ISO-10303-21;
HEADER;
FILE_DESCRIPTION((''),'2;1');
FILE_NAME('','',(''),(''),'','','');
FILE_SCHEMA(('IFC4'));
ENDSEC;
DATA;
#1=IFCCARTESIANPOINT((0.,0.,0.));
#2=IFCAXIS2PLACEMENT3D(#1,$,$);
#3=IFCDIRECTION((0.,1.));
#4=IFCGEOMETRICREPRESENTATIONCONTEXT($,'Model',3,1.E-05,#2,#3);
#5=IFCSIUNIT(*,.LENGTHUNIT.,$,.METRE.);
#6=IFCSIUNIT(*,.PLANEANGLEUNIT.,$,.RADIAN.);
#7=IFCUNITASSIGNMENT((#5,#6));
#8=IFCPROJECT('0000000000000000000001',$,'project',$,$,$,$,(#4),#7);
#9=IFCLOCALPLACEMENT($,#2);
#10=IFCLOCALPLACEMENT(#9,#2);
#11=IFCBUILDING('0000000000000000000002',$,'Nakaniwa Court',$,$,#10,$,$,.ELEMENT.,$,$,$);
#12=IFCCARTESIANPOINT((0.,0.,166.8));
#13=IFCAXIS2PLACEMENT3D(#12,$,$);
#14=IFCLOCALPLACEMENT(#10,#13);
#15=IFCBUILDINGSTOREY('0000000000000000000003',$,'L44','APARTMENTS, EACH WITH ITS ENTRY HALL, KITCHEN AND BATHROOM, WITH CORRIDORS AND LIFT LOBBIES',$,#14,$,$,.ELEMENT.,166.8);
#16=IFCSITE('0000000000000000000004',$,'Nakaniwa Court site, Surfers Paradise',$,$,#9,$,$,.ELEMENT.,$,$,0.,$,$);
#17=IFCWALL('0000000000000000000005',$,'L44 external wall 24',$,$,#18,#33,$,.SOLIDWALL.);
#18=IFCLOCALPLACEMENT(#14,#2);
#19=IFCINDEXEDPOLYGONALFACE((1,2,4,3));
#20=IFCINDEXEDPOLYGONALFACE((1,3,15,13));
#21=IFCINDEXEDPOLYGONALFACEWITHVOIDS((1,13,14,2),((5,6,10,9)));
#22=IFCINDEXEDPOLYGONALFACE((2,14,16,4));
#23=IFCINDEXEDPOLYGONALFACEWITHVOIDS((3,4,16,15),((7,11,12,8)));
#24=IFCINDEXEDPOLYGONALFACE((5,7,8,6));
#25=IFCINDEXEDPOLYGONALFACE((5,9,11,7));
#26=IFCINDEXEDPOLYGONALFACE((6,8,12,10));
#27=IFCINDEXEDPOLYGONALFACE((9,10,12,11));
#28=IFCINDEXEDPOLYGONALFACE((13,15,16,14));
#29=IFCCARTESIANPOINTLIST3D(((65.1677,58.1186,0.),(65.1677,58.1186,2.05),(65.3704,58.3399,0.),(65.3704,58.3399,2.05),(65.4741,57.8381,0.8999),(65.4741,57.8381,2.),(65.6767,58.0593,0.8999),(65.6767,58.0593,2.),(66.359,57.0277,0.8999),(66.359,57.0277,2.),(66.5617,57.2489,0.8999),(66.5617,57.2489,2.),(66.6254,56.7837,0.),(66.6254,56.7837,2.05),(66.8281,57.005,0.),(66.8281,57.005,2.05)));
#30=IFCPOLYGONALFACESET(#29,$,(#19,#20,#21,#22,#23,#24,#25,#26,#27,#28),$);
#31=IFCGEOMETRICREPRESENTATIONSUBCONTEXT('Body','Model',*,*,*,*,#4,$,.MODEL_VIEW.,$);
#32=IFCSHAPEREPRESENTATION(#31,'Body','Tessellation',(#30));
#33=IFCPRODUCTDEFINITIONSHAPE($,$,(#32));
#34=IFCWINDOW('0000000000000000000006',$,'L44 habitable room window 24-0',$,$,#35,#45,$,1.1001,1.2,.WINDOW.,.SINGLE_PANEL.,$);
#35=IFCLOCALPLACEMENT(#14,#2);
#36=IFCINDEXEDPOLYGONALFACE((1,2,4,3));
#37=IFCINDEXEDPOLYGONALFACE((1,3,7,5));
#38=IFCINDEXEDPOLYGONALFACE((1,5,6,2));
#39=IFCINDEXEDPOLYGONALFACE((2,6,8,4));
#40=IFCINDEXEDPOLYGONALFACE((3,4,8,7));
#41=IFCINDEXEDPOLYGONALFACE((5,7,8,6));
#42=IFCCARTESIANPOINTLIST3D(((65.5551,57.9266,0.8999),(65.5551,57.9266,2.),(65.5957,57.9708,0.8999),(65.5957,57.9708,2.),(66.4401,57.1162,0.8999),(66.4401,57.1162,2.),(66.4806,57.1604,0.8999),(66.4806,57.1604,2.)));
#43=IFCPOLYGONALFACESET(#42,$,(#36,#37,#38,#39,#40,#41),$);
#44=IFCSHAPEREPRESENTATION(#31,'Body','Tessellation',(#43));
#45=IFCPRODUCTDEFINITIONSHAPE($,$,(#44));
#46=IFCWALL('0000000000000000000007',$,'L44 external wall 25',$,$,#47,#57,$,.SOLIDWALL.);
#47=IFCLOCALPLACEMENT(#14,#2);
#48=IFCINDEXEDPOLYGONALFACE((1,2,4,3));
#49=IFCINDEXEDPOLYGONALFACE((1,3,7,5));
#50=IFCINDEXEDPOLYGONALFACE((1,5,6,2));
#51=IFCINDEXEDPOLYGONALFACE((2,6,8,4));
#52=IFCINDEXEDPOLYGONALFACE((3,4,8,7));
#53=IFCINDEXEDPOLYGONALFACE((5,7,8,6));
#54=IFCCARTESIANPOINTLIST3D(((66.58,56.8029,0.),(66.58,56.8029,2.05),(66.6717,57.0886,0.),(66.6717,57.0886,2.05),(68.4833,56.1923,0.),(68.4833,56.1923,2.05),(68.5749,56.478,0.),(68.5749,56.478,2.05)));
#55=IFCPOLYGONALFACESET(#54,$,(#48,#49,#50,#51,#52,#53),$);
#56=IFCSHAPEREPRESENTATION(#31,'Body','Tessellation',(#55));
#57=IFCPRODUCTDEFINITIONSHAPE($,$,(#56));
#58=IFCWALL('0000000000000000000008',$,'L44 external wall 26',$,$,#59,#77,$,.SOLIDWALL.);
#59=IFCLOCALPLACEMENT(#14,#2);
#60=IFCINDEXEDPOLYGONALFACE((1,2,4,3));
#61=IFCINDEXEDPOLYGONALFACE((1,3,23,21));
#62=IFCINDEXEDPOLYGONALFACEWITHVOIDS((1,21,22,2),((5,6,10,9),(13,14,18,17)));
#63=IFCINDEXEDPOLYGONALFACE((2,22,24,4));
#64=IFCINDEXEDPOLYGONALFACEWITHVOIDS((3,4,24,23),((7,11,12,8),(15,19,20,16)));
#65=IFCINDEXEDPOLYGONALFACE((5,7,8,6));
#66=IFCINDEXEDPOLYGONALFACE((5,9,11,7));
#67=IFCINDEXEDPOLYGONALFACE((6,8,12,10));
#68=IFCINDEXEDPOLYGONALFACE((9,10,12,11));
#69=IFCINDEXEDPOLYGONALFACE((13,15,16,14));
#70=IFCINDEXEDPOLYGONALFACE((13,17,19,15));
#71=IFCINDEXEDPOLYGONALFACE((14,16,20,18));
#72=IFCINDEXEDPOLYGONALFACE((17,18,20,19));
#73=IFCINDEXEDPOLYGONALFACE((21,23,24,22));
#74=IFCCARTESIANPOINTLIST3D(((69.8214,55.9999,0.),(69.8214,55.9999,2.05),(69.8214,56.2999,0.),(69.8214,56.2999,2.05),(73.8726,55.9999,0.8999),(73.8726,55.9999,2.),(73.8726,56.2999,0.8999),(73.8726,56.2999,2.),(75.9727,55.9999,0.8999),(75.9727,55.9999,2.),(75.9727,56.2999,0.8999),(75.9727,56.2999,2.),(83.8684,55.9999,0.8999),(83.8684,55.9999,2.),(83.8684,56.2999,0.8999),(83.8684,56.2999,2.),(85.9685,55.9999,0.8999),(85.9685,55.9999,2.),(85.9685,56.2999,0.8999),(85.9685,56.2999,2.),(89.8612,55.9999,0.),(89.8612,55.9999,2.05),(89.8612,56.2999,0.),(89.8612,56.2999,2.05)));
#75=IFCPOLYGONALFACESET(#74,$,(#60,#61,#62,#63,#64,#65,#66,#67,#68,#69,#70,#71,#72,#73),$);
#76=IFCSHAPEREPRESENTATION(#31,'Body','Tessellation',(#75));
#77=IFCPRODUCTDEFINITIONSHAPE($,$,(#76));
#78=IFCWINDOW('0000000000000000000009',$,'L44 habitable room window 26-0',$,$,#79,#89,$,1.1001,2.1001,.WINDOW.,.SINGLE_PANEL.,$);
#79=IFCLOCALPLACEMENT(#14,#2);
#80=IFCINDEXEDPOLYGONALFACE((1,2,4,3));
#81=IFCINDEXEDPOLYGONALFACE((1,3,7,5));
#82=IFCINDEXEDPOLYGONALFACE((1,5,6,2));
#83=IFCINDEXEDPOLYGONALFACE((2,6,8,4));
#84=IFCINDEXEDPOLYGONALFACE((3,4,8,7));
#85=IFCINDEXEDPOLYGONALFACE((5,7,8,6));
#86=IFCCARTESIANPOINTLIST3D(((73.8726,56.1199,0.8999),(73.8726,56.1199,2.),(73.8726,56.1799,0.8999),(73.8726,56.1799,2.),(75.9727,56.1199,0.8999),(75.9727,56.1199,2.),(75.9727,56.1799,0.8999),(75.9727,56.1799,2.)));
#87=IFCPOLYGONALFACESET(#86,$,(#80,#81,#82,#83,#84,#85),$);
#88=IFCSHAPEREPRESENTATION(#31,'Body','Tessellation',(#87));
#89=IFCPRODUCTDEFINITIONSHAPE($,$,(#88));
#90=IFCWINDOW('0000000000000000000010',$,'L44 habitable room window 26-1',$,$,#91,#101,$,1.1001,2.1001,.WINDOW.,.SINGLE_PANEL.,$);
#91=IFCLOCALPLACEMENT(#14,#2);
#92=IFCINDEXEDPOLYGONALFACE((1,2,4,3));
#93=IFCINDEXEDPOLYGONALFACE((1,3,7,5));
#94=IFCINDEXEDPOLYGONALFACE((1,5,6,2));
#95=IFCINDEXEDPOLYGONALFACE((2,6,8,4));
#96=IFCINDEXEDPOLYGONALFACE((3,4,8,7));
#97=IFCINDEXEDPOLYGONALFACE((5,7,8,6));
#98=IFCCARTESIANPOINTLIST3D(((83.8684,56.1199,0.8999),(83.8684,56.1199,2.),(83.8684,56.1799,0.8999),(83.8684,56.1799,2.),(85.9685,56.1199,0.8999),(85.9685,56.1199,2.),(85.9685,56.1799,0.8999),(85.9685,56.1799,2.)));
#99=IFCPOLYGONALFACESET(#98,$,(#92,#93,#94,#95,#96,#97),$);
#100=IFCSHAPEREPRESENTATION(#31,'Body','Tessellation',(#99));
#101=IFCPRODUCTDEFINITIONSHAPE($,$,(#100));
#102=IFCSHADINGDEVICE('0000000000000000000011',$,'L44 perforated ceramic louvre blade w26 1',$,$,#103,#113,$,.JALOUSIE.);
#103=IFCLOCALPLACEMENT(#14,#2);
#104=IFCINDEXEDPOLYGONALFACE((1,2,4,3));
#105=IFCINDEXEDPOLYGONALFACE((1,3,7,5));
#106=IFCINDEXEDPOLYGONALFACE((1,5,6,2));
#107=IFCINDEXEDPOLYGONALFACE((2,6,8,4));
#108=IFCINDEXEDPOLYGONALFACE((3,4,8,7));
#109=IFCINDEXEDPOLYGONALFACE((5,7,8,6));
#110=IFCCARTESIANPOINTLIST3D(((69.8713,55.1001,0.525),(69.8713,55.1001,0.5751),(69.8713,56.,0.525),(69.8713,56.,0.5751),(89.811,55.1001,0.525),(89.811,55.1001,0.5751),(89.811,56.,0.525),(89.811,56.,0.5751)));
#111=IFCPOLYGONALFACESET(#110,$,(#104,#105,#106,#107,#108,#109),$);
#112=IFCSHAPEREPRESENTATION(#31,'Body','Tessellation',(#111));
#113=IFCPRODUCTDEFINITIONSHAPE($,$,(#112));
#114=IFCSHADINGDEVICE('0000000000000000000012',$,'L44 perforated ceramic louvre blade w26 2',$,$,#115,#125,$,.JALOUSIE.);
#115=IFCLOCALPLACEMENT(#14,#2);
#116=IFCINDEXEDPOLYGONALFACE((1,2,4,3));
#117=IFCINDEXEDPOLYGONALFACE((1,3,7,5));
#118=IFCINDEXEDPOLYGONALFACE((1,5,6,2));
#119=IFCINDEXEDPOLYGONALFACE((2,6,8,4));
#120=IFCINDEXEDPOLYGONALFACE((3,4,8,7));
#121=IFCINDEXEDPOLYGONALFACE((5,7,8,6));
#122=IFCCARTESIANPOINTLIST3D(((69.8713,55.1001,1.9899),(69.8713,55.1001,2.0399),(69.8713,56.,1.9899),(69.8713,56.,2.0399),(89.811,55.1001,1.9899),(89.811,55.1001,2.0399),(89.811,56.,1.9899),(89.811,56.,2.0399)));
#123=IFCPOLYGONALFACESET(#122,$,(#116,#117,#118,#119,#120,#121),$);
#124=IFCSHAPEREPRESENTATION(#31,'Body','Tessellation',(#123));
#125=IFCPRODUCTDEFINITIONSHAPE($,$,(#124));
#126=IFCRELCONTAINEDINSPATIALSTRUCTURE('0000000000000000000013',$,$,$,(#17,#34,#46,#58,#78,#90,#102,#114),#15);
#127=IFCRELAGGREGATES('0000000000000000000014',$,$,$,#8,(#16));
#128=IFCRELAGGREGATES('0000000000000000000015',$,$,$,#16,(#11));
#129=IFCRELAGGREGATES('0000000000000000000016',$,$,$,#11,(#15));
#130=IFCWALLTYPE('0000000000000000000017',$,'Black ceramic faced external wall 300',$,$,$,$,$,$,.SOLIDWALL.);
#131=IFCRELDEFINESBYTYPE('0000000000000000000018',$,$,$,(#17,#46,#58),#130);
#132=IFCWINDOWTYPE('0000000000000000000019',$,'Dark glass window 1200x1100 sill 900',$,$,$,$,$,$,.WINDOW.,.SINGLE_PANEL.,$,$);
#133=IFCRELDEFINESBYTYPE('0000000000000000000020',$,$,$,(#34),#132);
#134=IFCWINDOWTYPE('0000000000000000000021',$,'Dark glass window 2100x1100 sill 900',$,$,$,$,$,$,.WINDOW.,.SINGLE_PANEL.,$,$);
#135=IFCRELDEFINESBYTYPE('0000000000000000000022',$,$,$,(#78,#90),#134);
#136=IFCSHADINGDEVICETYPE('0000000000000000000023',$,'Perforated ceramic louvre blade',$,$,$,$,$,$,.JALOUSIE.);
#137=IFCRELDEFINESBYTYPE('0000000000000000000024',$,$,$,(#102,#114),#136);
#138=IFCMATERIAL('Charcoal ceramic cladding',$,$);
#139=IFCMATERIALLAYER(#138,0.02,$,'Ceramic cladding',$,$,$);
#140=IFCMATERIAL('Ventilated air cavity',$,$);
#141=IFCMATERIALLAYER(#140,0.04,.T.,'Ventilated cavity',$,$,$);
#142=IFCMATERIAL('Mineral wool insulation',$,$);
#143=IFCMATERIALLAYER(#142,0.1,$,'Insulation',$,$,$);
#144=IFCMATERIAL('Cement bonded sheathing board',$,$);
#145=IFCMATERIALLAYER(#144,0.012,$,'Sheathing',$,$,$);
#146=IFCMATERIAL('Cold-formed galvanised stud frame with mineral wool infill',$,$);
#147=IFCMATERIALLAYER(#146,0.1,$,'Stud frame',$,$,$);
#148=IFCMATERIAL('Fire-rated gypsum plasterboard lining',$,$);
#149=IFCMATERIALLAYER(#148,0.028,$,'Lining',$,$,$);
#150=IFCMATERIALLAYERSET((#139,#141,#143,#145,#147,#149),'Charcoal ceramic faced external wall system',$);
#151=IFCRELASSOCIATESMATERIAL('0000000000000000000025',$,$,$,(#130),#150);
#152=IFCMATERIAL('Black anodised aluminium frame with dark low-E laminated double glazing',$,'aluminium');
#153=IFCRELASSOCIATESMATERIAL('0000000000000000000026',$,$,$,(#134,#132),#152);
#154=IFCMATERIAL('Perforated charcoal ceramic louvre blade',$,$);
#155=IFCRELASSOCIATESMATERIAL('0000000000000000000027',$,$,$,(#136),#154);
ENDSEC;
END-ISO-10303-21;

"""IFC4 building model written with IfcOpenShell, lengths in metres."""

from ifc_helpers import new_model, si_unit, direction, frame, frame_2d, origin, origin_2d, place, context, subcontext, project, spatial, rectangle, extrude, material, layer, layer_set, material_profile, profile_set, type_object, element, fill, save


model = new_model("IFC4")

# Units and contexts
model_context = context("Model", 3, precision=1e-05, world=origin(), true_north=direction((0.0, 1.0)))
body_context = subcontext(model_context, "Body", "Model", "MODEL_VIEW")
ifc_project = project(units=[si_unit("LENGTHUNIT", "METRE"), si_unit("PLANEANGLEUNIT", "RADIAN")], contexts=[model_context])

# Site, building, storey
site_placement = place(None, origin())
site = spatial("IfcSite", under=ifc_project, at=site_placement, Name="Nakaniwa Court site, Surfers Paradise", CompositionType="ELEMENT", RefElevation=0.0)
building_placement = place(site_placement, origin())
building = spatial("IfcBuilding", under=site, at=building_placement, Name="Nakaniwa Court", CompositionType="ELEMENT")
storey_placement = place(building_placement, frame((0.0, 0.0, 166.8)))
storey = spatial("IfcBuildingStorey", under=building, at=storey_placement, Name="L44", Description="APARTMENTS, EACH WITH ITS ENTRY HALL, KITCHEN AND BATHROOM, WITH CORRIDORS AND LIFT LOBBIES", CompositionType="ELEMENT", Elevation=166.8)

# Wall, opening, window
ifc_material_1 = material(Name="Charcoal ceramic cladding")
ifc_layer_1 = layer(ifc_material_1, 0.02, Name="Ceramic cladding")
ifc_material_2 = material(Name="Ventilated air cavity")
ifc_layer_2 = layer(ifc_material_2, 0.04, ventilated=True, Name="Ventilated cavity")
ifc_material_3 = material(Name="Mineral wool insulation")
ifc_layer_3 = layer(ifc_material_3, 0.1, Name="Insulation")
ifc_material_4 = material(Name="Cement bonded sheathing board")
ifc_layer_4 = layer(ifc_material_4, 0.012, Name="Sheathing")
ifc_material_5 = material(Name="Cold-formed galvanised stud frame with mineral wool infill")
ifc_layer_5 = layer(ifc_material_5, 0.1, Name="Stud frame")
ifc_material_6 = material(Name="Fire-rated gypsum plasterboard lining")
ifc_layer_6 = layer(ifc_material_6, 0.028, Name="Lining")
ifc_layer_set_1 = layer_set([ifc_layer_1, ifc_layer_2, ifc_layer_3, ifc_layer_4, ifc_layer_5, ifc_layer_6], Name="Charcoal ceramic faced external wall system")
wall_type_1 = type_object("IfcWallType", Name="Black ceramic faced external wall 300", PredefinedType="SOLIDWALL", material=ifc_layer_set_1)
ifc_material_7 = material(Name="Black anodised aluminium frame with dark low-E laminated double glazing", Category="aluminium")
window_type_1 = type_object("IfcWindowType", Name="Dark glass window 2100x1100 sill 900", PartitioningType="SINGLE_PANEL", PredefinedType="WINDOW", material=ifc_material_7)
wall_1_placement = place(storey_placement, frame((65.269, 58.2292, 0.0), z_axis=(0.0, 0.0, 1.0), x_axis=(0.737487, -0.675361, 0.0)))
wall_1 = element("IfcWall", 1, at=wall_1_placement, inside=storey, type_object=wall_type_1, Name="L44 external wall 24", PredefinedType="SOLIDWALL", context=body_context, shape_type="SweptSolid", body=[
    extrude(rectangle(XDim=1.9766, YDim=0.3, at=frame_2d((0.9883, 0.0))), origin(), (0.0, 0.0, 1.0), 2.05),
])
opening_1_placement = place(wall_1_placement, frame((0.4153, 0.0, 0.8999)))
opening_1 = element("IfcOpeningElement", 2, at=opening_1_placement, cuts=wall_1, PredefinedType="OPENING", context=body_context, shape_type="SweptSolid", body=[
    extrude(rectangle(XDim=1.2, YDim=1.1001, at=frame_2d((0.6001, 0.55))), frame((0.0, 0.1599, 0.0), z_axis=(0.0, -1.0, 0.0), x_axis=(1.0, 0.0, 0.0)), (0.0, 0.0, 1.0), 0.3201),
])
window_type_2 = type_object("IfcWindowType", Name="Dark glass window 1200x1100 sill 900", PartitioningType="SINGLE_PANEL", PredefinedType="WINDOW", material=ifc_material_7)
window_1_placement = place(opening_1_placement, origin())
window_1 = element("IfcWindow", 3, at=window_1_placement, inside=storey, type_object=window_type_2, Name="L44 habitable room window 24-0", OverallHeight=1.1001, OverallWidth=1.2, PartitioningType="SINGLE_PANEL", PredefinedType="WINDOW", context=body_context, shape_type="SweptSolid", body=[
    extrude(rectangle(XDim=1.2, YDim=1.1001, at=frame_2d((0.6001, 0.55))), frame((0.0, 0.03, 0.0), z_axis=(0.0, -1.0, 0.0), x_axis=(1.0, 0.0, 0.0)), (0.0, 0.0, 1.0), 0.0601),
])
fill(opening_1, window_1)

# Wall
wall_2_placement = place(storey_placement, frame((66.6257, 56.9458, 0.0), z_axis=(0.0, 0.0, 1.0), x_axis=(0.952201, -0.305471, 0.0)))
element("IfcWall", 4, at=wall_2_placement, inside=storey, type_object=wall_type_1, Name="L44 external wall 25", PredefinedType="SOLIDWALL", context=body_context, shape_type="SweptSolid", body=[
    extrude(rectangle(XDim=1.9988, YDim=0.3, at=frame_2d((0.9995, 0.0))), origin(), (0.0, 0.0, 1.0), 2.05),
])

# Wall, openings, windows
wall_3_placement = place(storey_placement, frame((69.8213, 56.1499, 0.0), z_axis=(0.0, 0.0, 1.0), x_axis=(1.0, 0.0, 0.0)))
wall_3 = element("IfcWall", 5, at=wall_3_placement, inside=storey, type_object=wall_type_1, Name="L44 external wall 26", PredefinedType="SOLIDWALL", context=body_context, shape_type="SweptSolid", body=[
    extrude(rectangle(XDim=20.0398, YDim=0.3, at=frame_2d((10.02, 0.0))), origin(), (0.0, 0.0, 1.0), 2.05),
])
opening_2_placement = place(wall_3_placement, frame((4.0513, 0.0, 0.8999)))
opening_2 = element("IfcOpeningElement", 6, at=opening_2_placement, cuts=wall_3, PredefinedType="OPENING", context=body_context, shape_type="SweptSolid", body=[
    extrude(rectangle(XDim=2.1001, YDim=1.1001, at=frame_2d((1.05, 0.55))), frame((0.0, 0.1599, 0.0), z_axis=(0.0, -1.0, 0.0), x_axis=(1.0, 0.0, 0.0)), (0.0, 0.0, 1.0), 0.3201),
])
opening_3_placement = place(wall_3_placement, frame((14.0471, 0.0, 0.8999)))
opening_3 = element("IfcOpeningElement", 7, at=opening_3_placement, cuts=wall_3, PredefinedType="OPENING", context=body_context, shape_type="SweptSolid", body=[
    extrude(rectangle(XDim=2.1001, YDim=1.1001, at=frame_2d((1.05, 0.55))), frame((0.0, 0.1599, 0.0), z_axis=(0.0, -1.0, 0.0), x_axis=(1.0, 0.0, 0.0)), (0.0, 0.0, 1.0), 0.3201),
])
window_2_placement = place(opening_2_placement, origin())
window_2 = element("IfcWindow", 8, at=window_2_placement, inside=storey, type_object=window_type_1, Name="L44 habitable room window 26-0", OverallHeight=1.1001, OverallWidth=2.1001, PartitioningType="SINGLE_PANEL", PredefinedType="WINDOW", context=body_context, shape_type="SweptSolid", body=[
    extrude(rectangle(XDim=2.1001, YDim=1.1001, at=frame_2d((1.05, 0.55))), frame((0.0, 0.03, 0.0), z_axis=(0.0, -1.0, 0.0), x_axis=(1.0, 0.0, 0.0)), (0.0, 0.0, 1.0), 0.0601),
])
fill(opening_2, window_2)
window_3_placement = place(opening_3_placement, origin())
window_3 = element("IfcWindow", 9, at=window_3_placement, inside=storey, type_object=window_type_1, Name="L44 habitable room window 26-1", OverallHeight=1.1001, OverallWidth=2.1001, PartitioningType="SINGLE_PANEL", PredefinedType="WINDOW", context=body_context, shape_type="SweptSolid", body=[
    extrude(rectangle(XDim=2.1001, YDim=1.1001, at=frame_2d((1.05, 0.55))), frame((0.0, 0.03, 0.0), z_axis=(0.0, -1.0, 0.0), x_axis=(1.0, 0.0, 0.0)), (0.0, 0.0, 1.0), 0.0601),
])
fill(opening_3, window_3)

# Shading devices
ifc_material_8 = material(Name="Perforated charcoal ceramic louvre blade")
ifc_material_profile_1 = material_profile(ifc_material_8, rectangle(XDim=0.8999, YDim=0.05, at=origin_2d()), Name="Perforated ceramic louvre blade")
ifc_profile_set_1 = profile_set([ifc_material_profile_1], Name="Perforated charcoal ceramic louvre blade")
shading_device_type = type_object("IfcShadingDeviceType", Name="Perforated ceramic louvre blade", PredefinedType="JALOUSIE", material=ifc_profile_set_1)
for number, where, z_axis, x_axis, name in (
    (10, (69.8713, 55.55, 0.55), (1.0, 0.0, 0.0), (0.0, 1.0, 0.0), "L44 perforated ceramic louvre blade w26 1"),
    (11, (69.8713, 55.55, 2.0149), (1.0, 0.0, 0.0), (0.0, 1.0, 0.0), "L44 perforated ceramic louvre blade w26 2"),
):
    element("IfcShadingDevice", number, at=place(storey_placement, frame(where, z_axis=z_axis, x_axis=x_axis)), inside=storey, type_object=shading_device_type, Name=name, PredefinedType="JALOUSIE", context=body_context, shape_type="SweptSolid", body=[
        extrude(rectangle(XDim=0.8999, YDim=0.05, at=origin_2d()), origin(), (0.0, 0.0, 1.0), 19.9397),
    ])

save(model, "model.ifc")
